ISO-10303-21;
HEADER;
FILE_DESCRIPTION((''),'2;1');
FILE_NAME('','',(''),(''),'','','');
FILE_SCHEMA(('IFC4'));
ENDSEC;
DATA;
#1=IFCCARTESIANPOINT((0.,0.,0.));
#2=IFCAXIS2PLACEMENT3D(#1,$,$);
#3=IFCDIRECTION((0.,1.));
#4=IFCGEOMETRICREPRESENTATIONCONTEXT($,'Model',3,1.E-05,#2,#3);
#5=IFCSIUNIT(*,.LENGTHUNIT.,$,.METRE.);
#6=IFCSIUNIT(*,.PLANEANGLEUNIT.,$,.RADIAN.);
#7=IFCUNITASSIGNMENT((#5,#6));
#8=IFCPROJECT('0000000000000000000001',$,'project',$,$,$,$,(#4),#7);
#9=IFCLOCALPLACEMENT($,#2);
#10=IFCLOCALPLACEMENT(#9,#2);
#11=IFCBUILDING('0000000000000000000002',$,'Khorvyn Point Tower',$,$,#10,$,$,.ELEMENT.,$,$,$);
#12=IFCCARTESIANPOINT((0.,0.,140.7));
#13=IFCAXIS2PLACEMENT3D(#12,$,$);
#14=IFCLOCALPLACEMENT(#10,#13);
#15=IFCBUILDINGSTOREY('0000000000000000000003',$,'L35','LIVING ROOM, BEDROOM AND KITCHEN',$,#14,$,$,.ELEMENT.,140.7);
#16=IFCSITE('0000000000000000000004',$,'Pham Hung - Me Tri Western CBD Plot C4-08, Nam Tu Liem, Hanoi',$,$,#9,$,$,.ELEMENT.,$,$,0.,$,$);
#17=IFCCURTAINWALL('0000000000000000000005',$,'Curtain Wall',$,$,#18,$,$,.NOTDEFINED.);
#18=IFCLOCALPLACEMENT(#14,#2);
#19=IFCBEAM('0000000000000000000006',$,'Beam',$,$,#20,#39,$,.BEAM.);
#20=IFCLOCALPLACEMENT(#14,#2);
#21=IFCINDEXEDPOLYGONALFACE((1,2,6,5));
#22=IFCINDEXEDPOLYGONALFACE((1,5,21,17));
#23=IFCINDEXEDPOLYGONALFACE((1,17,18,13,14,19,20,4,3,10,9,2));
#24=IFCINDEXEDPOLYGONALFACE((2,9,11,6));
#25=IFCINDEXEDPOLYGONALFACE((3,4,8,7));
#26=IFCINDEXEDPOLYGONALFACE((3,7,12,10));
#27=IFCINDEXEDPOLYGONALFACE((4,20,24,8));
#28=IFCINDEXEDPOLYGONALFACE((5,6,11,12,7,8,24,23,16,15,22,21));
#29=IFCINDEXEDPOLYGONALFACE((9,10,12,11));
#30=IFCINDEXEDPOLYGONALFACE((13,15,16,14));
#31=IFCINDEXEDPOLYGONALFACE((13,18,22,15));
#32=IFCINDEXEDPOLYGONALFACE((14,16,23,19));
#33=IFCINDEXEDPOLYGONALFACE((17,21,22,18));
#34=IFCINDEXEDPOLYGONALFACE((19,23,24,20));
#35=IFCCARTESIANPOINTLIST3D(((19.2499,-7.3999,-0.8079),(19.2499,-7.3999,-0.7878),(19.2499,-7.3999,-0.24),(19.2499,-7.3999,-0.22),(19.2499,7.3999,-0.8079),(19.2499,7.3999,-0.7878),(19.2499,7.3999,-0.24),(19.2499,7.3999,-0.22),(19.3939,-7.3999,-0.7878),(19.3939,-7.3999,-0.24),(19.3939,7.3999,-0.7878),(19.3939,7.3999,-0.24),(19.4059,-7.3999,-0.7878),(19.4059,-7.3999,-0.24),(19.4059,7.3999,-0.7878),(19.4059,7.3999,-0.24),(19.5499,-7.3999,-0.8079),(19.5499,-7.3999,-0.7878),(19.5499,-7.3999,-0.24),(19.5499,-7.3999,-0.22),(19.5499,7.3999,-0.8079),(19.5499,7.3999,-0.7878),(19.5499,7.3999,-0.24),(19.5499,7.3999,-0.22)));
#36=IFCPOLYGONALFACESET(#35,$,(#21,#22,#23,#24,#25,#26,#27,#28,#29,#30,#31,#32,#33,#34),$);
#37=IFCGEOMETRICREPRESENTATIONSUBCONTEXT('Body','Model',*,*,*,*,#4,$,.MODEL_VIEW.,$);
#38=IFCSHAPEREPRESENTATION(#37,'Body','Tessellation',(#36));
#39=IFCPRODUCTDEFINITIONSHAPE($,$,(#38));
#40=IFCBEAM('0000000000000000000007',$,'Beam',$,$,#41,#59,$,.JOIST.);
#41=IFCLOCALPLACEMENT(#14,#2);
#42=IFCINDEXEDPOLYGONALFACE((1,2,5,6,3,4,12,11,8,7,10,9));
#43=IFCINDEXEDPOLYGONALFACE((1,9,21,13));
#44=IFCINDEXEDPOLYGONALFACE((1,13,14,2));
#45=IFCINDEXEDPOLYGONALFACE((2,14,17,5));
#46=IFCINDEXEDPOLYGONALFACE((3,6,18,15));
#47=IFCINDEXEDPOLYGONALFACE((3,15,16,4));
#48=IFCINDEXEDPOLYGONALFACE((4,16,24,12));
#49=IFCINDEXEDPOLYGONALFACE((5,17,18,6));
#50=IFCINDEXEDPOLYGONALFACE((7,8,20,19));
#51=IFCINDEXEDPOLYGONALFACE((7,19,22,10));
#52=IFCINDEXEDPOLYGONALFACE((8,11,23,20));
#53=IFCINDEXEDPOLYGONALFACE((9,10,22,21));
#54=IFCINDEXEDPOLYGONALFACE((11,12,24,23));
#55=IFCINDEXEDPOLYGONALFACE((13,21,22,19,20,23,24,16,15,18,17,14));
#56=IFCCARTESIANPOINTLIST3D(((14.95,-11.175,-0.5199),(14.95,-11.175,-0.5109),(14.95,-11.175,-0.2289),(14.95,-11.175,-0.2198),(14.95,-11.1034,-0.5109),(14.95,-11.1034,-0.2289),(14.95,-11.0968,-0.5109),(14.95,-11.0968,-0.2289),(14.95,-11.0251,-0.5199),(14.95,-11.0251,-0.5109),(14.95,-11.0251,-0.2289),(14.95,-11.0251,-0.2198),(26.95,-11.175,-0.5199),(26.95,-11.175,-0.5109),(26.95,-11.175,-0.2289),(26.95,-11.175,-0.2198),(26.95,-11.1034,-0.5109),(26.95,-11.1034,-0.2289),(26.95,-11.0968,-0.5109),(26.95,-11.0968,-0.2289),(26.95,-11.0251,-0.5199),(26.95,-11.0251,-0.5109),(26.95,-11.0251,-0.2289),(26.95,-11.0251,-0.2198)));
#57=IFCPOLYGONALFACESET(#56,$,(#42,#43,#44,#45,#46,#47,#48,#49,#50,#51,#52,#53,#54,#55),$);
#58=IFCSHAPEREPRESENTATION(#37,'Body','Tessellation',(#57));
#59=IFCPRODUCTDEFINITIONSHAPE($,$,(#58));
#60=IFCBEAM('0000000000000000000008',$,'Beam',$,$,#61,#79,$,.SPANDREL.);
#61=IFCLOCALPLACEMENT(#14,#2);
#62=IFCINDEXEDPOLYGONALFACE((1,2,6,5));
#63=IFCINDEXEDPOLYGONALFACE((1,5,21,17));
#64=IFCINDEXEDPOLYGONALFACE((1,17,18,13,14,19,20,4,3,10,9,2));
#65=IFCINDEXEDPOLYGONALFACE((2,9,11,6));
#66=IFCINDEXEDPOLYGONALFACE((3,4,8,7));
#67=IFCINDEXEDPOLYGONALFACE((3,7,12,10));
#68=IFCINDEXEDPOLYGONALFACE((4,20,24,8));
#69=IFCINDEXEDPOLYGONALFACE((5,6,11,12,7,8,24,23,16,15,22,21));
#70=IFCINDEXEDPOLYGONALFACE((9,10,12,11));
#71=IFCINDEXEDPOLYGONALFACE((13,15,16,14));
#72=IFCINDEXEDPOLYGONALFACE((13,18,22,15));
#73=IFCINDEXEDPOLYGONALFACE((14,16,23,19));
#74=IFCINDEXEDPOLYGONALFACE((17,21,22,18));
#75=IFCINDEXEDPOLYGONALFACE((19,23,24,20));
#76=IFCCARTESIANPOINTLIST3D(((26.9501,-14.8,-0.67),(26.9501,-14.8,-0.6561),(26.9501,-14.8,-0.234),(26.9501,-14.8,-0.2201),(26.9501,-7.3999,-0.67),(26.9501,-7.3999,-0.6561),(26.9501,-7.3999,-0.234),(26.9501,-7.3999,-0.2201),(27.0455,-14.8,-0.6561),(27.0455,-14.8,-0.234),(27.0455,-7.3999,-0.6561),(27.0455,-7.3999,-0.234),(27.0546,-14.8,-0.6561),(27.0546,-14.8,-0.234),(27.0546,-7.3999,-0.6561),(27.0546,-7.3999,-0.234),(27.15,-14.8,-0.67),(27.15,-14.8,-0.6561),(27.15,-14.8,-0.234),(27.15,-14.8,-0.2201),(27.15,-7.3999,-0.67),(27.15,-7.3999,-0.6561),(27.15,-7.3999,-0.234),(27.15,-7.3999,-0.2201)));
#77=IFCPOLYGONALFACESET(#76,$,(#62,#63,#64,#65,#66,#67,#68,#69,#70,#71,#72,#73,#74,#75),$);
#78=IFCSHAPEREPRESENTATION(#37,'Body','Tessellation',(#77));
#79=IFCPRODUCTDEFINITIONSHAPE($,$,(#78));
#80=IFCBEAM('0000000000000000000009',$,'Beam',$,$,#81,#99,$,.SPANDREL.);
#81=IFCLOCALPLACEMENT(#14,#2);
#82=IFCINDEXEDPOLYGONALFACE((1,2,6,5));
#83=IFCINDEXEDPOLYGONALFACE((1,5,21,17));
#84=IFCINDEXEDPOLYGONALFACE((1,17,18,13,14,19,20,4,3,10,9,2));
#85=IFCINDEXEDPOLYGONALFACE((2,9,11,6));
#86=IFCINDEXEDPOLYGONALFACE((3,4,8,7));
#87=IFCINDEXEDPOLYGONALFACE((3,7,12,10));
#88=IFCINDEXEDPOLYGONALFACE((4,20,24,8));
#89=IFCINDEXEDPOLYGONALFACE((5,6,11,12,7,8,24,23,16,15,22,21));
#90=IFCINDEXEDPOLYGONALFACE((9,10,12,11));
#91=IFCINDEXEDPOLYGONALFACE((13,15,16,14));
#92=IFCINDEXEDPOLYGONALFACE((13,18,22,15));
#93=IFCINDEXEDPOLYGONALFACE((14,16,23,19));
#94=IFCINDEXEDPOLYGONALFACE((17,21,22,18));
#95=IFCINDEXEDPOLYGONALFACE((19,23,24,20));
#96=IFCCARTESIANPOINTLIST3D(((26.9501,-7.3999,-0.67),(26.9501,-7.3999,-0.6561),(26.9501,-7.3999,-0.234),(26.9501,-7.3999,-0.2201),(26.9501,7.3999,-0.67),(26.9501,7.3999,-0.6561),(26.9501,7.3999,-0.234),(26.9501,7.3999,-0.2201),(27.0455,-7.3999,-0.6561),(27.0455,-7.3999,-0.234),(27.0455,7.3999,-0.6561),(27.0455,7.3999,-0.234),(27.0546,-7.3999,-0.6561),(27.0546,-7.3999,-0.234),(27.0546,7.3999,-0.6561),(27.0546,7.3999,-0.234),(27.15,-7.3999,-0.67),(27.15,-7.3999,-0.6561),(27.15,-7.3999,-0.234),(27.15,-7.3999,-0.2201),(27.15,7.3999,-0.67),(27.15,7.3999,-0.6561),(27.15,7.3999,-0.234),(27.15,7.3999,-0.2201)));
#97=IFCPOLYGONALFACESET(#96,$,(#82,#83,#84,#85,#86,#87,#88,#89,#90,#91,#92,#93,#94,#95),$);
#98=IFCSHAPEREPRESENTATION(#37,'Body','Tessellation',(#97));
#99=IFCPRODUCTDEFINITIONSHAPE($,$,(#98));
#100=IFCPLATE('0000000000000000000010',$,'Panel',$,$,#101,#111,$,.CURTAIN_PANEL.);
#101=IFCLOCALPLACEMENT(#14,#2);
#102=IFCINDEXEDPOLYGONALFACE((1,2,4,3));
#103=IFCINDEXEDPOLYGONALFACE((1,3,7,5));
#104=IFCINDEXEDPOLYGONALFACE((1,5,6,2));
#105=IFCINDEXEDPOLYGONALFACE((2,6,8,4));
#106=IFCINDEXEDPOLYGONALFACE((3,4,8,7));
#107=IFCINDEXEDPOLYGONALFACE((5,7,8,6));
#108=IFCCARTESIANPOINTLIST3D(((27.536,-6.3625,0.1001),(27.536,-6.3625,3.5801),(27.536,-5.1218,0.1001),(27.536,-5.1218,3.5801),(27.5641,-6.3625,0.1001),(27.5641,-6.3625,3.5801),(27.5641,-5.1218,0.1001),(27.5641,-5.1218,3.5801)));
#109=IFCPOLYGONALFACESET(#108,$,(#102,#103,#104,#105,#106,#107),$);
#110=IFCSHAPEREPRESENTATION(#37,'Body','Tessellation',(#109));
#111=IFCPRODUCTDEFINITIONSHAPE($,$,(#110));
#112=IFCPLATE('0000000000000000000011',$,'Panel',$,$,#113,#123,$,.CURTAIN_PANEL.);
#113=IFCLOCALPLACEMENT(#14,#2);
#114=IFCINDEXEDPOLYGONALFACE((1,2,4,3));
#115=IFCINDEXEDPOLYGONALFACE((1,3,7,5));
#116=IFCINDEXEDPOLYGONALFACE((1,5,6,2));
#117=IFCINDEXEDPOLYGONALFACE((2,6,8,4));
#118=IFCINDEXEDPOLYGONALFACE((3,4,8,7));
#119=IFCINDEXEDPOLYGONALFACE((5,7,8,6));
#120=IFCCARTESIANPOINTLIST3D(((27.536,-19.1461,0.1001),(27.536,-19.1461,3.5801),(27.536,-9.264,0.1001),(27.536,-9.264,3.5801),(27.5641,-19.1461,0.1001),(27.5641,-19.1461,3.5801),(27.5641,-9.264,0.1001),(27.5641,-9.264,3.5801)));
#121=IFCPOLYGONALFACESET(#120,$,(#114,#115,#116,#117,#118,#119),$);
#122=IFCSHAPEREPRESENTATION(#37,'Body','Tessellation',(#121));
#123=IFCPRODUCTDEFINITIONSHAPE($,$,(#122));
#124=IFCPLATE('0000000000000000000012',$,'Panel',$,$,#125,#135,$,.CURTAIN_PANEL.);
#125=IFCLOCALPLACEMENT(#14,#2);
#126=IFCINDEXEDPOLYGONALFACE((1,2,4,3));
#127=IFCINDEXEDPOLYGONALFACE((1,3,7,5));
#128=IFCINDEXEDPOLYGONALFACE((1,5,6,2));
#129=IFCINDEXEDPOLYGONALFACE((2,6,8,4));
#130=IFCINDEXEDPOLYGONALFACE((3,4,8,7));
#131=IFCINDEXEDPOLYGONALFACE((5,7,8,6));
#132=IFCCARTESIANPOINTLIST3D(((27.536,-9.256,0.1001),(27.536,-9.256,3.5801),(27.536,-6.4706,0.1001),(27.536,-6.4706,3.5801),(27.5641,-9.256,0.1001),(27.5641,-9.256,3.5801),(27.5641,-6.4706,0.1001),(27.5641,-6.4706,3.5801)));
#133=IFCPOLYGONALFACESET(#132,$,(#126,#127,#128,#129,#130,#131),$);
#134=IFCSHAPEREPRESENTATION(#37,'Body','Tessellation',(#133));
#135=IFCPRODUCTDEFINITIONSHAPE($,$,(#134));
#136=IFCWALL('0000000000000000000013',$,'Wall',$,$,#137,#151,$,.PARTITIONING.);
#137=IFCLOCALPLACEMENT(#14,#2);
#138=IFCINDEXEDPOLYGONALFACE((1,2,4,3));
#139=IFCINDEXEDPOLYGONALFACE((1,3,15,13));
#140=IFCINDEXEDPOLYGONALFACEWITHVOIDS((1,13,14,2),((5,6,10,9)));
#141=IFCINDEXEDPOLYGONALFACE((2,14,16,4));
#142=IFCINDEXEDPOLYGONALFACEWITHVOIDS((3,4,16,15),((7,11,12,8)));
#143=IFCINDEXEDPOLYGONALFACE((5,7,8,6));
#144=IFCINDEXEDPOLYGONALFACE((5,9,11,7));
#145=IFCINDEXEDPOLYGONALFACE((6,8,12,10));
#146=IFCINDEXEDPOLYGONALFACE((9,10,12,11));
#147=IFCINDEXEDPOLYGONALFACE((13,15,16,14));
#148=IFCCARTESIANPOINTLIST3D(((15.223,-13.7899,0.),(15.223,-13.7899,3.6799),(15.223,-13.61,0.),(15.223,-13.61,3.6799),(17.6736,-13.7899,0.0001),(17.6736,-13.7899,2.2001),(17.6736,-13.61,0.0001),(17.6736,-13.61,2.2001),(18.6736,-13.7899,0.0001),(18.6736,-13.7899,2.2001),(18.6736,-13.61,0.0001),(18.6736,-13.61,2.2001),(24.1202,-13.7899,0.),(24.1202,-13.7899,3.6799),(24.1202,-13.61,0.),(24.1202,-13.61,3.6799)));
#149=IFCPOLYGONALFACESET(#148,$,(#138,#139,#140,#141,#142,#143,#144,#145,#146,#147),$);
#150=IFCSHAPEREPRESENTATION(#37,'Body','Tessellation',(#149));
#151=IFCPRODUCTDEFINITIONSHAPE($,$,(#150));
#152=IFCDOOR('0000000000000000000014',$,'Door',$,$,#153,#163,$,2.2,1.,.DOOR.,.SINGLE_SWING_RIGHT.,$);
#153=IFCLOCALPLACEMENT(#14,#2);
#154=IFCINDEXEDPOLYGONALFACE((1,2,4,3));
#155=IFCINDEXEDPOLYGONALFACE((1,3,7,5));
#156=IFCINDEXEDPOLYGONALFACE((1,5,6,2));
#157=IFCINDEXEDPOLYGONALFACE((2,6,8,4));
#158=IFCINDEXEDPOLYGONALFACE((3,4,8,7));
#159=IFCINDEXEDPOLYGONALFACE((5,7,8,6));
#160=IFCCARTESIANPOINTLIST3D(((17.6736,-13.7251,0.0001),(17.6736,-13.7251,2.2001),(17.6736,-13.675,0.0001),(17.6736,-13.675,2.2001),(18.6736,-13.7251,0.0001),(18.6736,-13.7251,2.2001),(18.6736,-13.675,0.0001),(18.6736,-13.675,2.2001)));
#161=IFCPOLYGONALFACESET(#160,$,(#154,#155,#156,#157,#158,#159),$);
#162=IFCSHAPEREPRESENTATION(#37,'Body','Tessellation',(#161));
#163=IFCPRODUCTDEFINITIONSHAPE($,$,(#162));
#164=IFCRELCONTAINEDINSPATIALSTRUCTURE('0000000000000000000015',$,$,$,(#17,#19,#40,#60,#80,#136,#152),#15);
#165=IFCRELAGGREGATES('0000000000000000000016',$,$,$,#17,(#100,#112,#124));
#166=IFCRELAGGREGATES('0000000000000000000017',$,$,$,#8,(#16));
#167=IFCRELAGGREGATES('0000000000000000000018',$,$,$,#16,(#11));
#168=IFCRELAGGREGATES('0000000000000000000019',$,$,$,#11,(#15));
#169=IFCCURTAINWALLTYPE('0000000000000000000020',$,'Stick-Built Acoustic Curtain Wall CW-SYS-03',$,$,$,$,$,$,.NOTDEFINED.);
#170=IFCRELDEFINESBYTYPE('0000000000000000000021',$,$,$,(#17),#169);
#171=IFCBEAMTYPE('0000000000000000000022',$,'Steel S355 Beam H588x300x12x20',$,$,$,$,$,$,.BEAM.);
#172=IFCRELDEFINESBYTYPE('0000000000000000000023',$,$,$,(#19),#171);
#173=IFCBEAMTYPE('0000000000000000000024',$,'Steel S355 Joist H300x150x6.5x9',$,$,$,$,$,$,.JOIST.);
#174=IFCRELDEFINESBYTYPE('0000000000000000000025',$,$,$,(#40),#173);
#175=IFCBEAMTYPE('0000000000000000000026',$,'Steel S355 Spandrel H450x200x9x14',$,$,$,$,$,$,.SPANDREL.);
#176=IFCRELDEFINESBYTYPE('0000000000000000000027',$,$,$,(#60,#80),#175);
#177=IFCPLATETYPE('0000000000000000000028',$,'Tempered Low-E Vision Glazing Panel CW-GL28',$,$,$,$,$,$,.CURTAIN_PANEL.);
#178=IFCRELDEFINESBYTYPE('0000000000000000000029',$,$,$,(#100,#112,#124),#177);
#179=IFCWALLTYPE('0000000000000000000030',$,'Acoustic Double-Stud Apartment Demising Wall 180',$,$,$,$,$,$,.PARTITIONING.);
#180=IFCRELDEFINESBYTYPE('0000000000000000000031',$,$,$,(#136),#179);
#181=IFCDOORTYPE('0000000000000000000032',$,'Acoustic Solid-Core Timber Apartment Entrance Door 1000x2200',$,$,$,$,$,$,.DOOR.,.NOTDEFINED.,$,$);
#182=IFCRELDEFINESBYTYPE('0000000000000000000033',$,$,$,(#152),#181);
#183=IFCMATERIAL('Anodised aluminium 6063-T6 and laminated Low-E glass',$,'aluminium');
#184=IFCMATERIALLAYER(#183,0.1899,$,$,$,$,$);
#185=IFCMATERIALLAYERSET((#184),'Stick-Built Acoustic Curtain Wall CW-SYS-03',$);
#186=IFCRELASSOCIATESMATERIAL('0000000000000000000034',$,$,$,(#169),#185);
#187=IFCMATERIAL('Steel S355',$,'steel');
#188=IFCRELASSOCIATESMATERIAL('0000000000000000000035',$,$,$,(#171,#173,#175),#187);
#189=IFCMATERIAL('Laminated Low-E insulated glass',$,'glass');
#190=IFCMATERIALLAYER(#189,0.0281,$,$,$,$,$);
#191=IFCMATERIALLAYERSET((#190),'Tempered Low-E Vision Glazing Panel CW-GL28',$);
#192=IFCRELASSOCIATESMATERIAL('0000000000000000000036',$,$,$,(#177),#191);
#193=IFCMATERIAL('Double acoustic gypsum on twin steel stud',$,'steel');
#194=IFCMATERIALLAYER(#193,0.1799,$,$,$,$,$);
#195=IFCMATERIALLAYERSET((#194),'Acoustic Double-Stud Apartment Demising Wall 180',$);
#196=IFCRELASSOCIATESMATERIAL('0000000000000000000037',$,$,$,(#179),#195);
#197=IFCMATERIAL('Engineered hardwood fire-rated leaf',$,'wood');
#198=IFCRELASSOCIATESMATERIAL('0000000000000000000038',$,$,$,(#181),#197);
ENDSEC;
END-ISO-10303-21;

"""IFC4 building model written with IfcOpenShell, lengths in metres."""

from ifc_helpers import new_model, si_unit, direction, frame, frame_2d, origin, origin_2d, place, context, subcontext, project, spatial, rectangle, i_section, extrude, material, layer, layer_set, material_profile, profile_set, type_object, element, fill, aggregate, save


model = new_model("IFC4")

# Units and contexts
model_context = context("Model", 3, precision=1e-05, world=origin(), true_north=direction((0.0, 1.0)))
body_context = subcontext(model_context, "Body", "Model", "MODEL_VIEW")
ifc_project = project(units=[si_unit("LENGTHUNIT", "METRE"), si_unit("PLANEANGLEUNIT", "RADIAN")], contexts=[model_context])

# Site, building, storey
site_placement = place(None, origin())
site = spatial("IfcSite", under=ifc_project, at=site_placement, Name="Pham Hung - Me Tri Western CBD Plot C4-08, Nam Tu Liem, Hanoi", CompositionType="ELEMENT", RefElevation=0.0)
building_placement = place(site_placement, origin())
building = spatial("IfcBuilding", under=site, at=building_placement, Name="Khorvyn Point Tower", CompositionType="ELEMENT")
storey_placement = place(building_placement, frame((0.0, 0.0, 140.7)))
storey = spatial("IfcBuildingStorey", under=building, at=storey_placement, Name="L35", Description="LIVING ROOM, BEDROOM AND KITCHEN", CompositionType="ELEMENT", Elevation=140.7)

# Curtain wall
ifc_material_1 = material(Name="Anodised aluminium 6063-T6 and laminated Low-E glass", Category="aluminium")
ifc_layer_1 = layer(ifc_material_1, 0.1899)
ifc_layer_set_1 = layer_set([ifc_layer_1], Name="Stick-Built Acoustic Curtain Wall CW-SYS-03")
curtain_wall_type = type_object("IfcCurtainWallType", Name="Stick-Built Acoustic Curtain Wall CW-SYS-03", PredefinedType="NOTDEFINED", material=ifc_layer_set_1)
curtain_wall_placement = place(storey_placement, origin())
curtain_wall = element("IfcCurtainWall", 1, at=curtain_wall_placement, inside=storey, type_object=curtain_wall_type, Name="Curtain Wall", PredefinedType="NOTDEFINED")

# Beams
ifc_material_2 = material(Name="Steel S355", Category="steel")
ifc_material_profile_1 = material_profile(ifc_material_2, i_section(OverallWidth=0.3, OverallDepth=0.5879, WebThickness=0.012, FlangeThickness=0.02, at=origin_2d()))
ifc_profile_set_1 = profile_set([ifc_material_profile_1], Name="Steel S355 H588x300x12x20")
beam_type_1 = type_object("IfcBeamType", Name="Steel S355 Beam H588x300x12x20", PredefinedType="BEAM", material=ifc_profile_set_1)
for number, where, z_axis, x_axis, name in (
    (2, (19.3999, -7.3999, -0.5139), (0.0, 1.0, 0.0), (-1.0, 0.0, 0.0), "Beam"),
):
    element("IfcBeam", number, at=place(storey_placement, frame(where, z_axis=z_axis, x_axis=x_axis)), inside=storey, type_object=beam_type_1, Name=name, PredefinedType="BEAM", context=body_context, shape_type="SweptSolid", body=[
        extrude(i_section(OverallWidth=0.3, OverallDepth=0.5879, WebThickness=0.012, FlangeThickness=0.02, at=origin_2d()), origin(), (0.0, 0.0, 1.0), 14.7998),
    ])
ifc_material_profile_2 = material_profile(ifc_material_2, i_section(OverallWidth=0.1499, OverallDepth=0.3, WebThickness=0.0066, FlangeThickness=0.009, at=origin_2d()))
ifc_profile_set_2 = profile_set([ifc_material_profile_2], Name="Steel S355 H300x150x6.5x9")
beam_type_2 = type_object("IfcBeamType", Name="Steel S355 Joist H300x150x6.5x9", PredefinedType="JOIST", material=ifc_profile_set_2)
beam_1_placement = place(storey_placement, frame((14.95, -11.1001, -0.3699), z_axis=(1.0, 0.0, 0.0), x_axis=(0.0, 1.0, 0.0)))
element("IfcBeam", 3, at=beam_1_placement, inside=storey, type_object=beam_type_2, Name="Beam", PredefinedType="JOIST", context=body_context, shape_type="SweptSolid", body=[
    extrude(i_section(OverallWidth=0.1499, OverallDepth=0.3, WebThickness=0.0066, FlangeThickness=0.009, at=origin_2d()), origin(), (0.0, 0.0, 1.0), 12.0),
])
ifc_material_profile_3 = material_profile(ifc_material_2, i_section(OverallWidth=0.2, OverallDepth=0.45, WebThickness=0.009, FlangeThickness=0.0139, at=origin_2d()))
ifc_profile_set_3 = profile_set([ifc_material_profile_3], Name="Steel S355 H450x200x9x14")
beam_type_3 = type_object("IfcBeamType", Name="Steel S355 Spandrel H450x200x9x14", PredefinedType="SPANDREL", material=ifc_profile_set_3)
beam_2_placement = place(storey_placement, frame((27.05, -14.8, -0.4451), z_axis=(0.0, 1.0, 0.0), x_axis=(-1.0, 0.0, 0.0)))
element("IfcBeam", 4, at=beam_2_placement, inside=storey, type_object=beam_type_3, Name="Beam", PredefinedType="SPANDREL", context=body_context, shape_type="SweptSolid", body=[
    extrude(i_section(OverallWidth=0.2, OverallDepth=0.45, WebThickness=0.009, FlangeThickness=0.0139, at=origin_2d()), origin(), (0.0, 0.0, 1.0), 7.4001),
])
beam_3_placement = place(storey_placement, frame((27.05, -7.3999, -0.4451), z_axis=(0.0, 1.0, 0.0), x_axis=(-1.0, 0.0, 0.0)))
element("IfcBeam", 5, at=beam_3_placement, inside=storey, type_object=beam_type_3, Name="Beam", PredefinedType="SPANDREL", context=body_context, shape_type="SweptSolid", body=[
    extrude(i_section(OverallWidth=0.2, OverallDepth=0.45, WebThickness=0.009, FlangeThickness=0.0139, at=origin_2d()), origin(), (0.0, 0.0, 1.0), 14.7998),
])

# Plates
ifc_material_3 = material(Name="Laminated Low-E insulated glass", Category="glass")
ifc_layer_2 = layer(ifc_material_3, 0.0281)
ifc_layer_set_2 = layer_set([ifc_layer_2], Name="Tempered Low-E Vision Glazing Panel CW-GL28")
plate_type = type_object("IfcPlateType", Name="Tempered Low-E Vision Glazing Panel CW-GL28", PredefinedType="CURTAIN_PANEL", material=ifc_layer_set_2)
plate_1_placement = place(storey_placement, frame((27.55, -5.7422, 0.1001), z_axis=(0.0, 0.0, 1.0), x_axis=(0.0, -1.0, 0.0)))
plate_1 = element("IfcPlate", 6, at=plate_1_placement, type_object=plate_type, Name="Panel", PredefinedType="CURTAIN_PANEL", context=body_context, shape_type="SweptSolid", body=[
    extrude(rectangle(XDim=1.2407, YDim=0.0281, at=origin_2d()), origin(), (0.0, 0.0, 1.0), 3.48),
])
plate_2_placement = place(storey_placement, frame((27.55, -14.2051, 0.1001), z_axis=(0.0, 0.0, 1.0), x_axis=(0.0, -1.0, 0.0)))
plate_2 = element("IfcPlate", 7, at=plate_2_placement, type_object=plate_type, Name="Panel", PredefinedType="CURTAIN_PANEL", context=body_context, shape_type="SweptSolid", body=[
    extrude(rectangle(XDim=9.8821, YDim=0.0281, at=origin_2d()), origin(), (0.0, 0.0, 1.0), 3.48),
])
plate_3_placement = place(storey_placement, frame((27.55, -7.8633, 0.1001), z_axis=(0.0, 0.0, 1.0), x_axis=(0.0, -1.0, 0.0)))
plate_3 = element("IfcPlate", 8, at=plate_3_placement, type_object=plate_type, Name="Panel", PredefinedType="CURTAIN_PANEL", context=body_context, shape_type="SweptSolid", body=[
    extrude(rectangle(XDim=2.7854, YDim=0.0281, at=origin_2d()), origin(), (0.0, 0.0, 1.0), 3.48),
])
aggregate(curtain_wall, [plate_1, plate_2, plate_3])

# Wall, opening, door
ifc_material_4 = material(Name="Double acoustic gypsum on twin steel stud", Category="steel")
ifc_layer_3 = layer(ifc_material_4, 0.1799)
ifc_layer_set_3 = layer_set([ifc_layer_3], Name="Acoustic Double-Stud Apartment Demising Wall 180")
wall_type_1 = type_object("IfcWallType", Name="Acoustic Double-Stud Apartment Demising Wall 180", PredefinedType="PARTITIONING", material=ifc_layer_set_3)
wall_1_placement = place(storey_placement, frame((15.2229, -13.7, 0.0), z_axis=(0.0, 0.0, 1.0), x_axis=(1.0, 0.0, 0.0)))
wall_1 = element("IfcWall", 9, at=wall_1_placement, inside=storey, type_object=wall_type_1, Name="Wall", PredefinedType="PARTITIONING", context=body_context, shape_type="SweptSolid", body=[
    extrude(rectangle(XDim=8.8972, YDim=0.1799, at=frame_2d((4.4487, 0.0))), origin(), (0.0, 0.0, 1.0), 3.6799),
])
opening_1_placement = place(wall_1_placement, frame((2.4507, 0.0, 0.0)))
opening_1 = element("IfcOpeningElement", 10, at=opening_1_placement, cuts=wall_1, PredefinedType="OPENING", context=body_context, shape_type="SweptSolid", body=[
    extrude(rectangle(XDim=1.0, YDim=2.2, at=frame_2d((0.5, 1.1001))), frame((0.0, 0.0999, 0.0), z_axis=(0.0, -1.0, 0.0), x_axis=(1.0, 0.0, 0.0)), (0.0, 0.0, 1.0), 0.2),
])
ifc_material_5 = material(Name="Engineered hardwood fire-rated leaf", Category="wood")
door_type_1 = type_object("IfcDoorType", Name="Acoustic Solid-Core Timber Apartment Entrance Door 1000x2200", OperationType="NOTDEFINED", PredefinedType="DOOR", material=ifc_material_5)
door_1_placement = place(opening_1_placement, origin())
door_1 = element("IfcDoor", 11, at=door_1_placement, inside=storey, type_object=door_type_1, Name="Door", OperationType="SINGLE_SWING_RIGHT", OverallHeight=2.2, OverallWidth=1.0, PredefinedType="DOOR", context=body_context, shape_type="SweptSolid", body=[
    extrude(rectangle(XDim=1.0, YDim=2.2, at=frame_2d((0.5, 1.1001))), frame((0.0, 0.0249, 0.0), z_axis=(0.0, -1.0, 0.0), x_axis=(1.0, 0.0, 0.0)), (0.0, 0.0, 1.0), 0.05),
])
fill(opening_1, door_1)

save(model, "model.ifc")
